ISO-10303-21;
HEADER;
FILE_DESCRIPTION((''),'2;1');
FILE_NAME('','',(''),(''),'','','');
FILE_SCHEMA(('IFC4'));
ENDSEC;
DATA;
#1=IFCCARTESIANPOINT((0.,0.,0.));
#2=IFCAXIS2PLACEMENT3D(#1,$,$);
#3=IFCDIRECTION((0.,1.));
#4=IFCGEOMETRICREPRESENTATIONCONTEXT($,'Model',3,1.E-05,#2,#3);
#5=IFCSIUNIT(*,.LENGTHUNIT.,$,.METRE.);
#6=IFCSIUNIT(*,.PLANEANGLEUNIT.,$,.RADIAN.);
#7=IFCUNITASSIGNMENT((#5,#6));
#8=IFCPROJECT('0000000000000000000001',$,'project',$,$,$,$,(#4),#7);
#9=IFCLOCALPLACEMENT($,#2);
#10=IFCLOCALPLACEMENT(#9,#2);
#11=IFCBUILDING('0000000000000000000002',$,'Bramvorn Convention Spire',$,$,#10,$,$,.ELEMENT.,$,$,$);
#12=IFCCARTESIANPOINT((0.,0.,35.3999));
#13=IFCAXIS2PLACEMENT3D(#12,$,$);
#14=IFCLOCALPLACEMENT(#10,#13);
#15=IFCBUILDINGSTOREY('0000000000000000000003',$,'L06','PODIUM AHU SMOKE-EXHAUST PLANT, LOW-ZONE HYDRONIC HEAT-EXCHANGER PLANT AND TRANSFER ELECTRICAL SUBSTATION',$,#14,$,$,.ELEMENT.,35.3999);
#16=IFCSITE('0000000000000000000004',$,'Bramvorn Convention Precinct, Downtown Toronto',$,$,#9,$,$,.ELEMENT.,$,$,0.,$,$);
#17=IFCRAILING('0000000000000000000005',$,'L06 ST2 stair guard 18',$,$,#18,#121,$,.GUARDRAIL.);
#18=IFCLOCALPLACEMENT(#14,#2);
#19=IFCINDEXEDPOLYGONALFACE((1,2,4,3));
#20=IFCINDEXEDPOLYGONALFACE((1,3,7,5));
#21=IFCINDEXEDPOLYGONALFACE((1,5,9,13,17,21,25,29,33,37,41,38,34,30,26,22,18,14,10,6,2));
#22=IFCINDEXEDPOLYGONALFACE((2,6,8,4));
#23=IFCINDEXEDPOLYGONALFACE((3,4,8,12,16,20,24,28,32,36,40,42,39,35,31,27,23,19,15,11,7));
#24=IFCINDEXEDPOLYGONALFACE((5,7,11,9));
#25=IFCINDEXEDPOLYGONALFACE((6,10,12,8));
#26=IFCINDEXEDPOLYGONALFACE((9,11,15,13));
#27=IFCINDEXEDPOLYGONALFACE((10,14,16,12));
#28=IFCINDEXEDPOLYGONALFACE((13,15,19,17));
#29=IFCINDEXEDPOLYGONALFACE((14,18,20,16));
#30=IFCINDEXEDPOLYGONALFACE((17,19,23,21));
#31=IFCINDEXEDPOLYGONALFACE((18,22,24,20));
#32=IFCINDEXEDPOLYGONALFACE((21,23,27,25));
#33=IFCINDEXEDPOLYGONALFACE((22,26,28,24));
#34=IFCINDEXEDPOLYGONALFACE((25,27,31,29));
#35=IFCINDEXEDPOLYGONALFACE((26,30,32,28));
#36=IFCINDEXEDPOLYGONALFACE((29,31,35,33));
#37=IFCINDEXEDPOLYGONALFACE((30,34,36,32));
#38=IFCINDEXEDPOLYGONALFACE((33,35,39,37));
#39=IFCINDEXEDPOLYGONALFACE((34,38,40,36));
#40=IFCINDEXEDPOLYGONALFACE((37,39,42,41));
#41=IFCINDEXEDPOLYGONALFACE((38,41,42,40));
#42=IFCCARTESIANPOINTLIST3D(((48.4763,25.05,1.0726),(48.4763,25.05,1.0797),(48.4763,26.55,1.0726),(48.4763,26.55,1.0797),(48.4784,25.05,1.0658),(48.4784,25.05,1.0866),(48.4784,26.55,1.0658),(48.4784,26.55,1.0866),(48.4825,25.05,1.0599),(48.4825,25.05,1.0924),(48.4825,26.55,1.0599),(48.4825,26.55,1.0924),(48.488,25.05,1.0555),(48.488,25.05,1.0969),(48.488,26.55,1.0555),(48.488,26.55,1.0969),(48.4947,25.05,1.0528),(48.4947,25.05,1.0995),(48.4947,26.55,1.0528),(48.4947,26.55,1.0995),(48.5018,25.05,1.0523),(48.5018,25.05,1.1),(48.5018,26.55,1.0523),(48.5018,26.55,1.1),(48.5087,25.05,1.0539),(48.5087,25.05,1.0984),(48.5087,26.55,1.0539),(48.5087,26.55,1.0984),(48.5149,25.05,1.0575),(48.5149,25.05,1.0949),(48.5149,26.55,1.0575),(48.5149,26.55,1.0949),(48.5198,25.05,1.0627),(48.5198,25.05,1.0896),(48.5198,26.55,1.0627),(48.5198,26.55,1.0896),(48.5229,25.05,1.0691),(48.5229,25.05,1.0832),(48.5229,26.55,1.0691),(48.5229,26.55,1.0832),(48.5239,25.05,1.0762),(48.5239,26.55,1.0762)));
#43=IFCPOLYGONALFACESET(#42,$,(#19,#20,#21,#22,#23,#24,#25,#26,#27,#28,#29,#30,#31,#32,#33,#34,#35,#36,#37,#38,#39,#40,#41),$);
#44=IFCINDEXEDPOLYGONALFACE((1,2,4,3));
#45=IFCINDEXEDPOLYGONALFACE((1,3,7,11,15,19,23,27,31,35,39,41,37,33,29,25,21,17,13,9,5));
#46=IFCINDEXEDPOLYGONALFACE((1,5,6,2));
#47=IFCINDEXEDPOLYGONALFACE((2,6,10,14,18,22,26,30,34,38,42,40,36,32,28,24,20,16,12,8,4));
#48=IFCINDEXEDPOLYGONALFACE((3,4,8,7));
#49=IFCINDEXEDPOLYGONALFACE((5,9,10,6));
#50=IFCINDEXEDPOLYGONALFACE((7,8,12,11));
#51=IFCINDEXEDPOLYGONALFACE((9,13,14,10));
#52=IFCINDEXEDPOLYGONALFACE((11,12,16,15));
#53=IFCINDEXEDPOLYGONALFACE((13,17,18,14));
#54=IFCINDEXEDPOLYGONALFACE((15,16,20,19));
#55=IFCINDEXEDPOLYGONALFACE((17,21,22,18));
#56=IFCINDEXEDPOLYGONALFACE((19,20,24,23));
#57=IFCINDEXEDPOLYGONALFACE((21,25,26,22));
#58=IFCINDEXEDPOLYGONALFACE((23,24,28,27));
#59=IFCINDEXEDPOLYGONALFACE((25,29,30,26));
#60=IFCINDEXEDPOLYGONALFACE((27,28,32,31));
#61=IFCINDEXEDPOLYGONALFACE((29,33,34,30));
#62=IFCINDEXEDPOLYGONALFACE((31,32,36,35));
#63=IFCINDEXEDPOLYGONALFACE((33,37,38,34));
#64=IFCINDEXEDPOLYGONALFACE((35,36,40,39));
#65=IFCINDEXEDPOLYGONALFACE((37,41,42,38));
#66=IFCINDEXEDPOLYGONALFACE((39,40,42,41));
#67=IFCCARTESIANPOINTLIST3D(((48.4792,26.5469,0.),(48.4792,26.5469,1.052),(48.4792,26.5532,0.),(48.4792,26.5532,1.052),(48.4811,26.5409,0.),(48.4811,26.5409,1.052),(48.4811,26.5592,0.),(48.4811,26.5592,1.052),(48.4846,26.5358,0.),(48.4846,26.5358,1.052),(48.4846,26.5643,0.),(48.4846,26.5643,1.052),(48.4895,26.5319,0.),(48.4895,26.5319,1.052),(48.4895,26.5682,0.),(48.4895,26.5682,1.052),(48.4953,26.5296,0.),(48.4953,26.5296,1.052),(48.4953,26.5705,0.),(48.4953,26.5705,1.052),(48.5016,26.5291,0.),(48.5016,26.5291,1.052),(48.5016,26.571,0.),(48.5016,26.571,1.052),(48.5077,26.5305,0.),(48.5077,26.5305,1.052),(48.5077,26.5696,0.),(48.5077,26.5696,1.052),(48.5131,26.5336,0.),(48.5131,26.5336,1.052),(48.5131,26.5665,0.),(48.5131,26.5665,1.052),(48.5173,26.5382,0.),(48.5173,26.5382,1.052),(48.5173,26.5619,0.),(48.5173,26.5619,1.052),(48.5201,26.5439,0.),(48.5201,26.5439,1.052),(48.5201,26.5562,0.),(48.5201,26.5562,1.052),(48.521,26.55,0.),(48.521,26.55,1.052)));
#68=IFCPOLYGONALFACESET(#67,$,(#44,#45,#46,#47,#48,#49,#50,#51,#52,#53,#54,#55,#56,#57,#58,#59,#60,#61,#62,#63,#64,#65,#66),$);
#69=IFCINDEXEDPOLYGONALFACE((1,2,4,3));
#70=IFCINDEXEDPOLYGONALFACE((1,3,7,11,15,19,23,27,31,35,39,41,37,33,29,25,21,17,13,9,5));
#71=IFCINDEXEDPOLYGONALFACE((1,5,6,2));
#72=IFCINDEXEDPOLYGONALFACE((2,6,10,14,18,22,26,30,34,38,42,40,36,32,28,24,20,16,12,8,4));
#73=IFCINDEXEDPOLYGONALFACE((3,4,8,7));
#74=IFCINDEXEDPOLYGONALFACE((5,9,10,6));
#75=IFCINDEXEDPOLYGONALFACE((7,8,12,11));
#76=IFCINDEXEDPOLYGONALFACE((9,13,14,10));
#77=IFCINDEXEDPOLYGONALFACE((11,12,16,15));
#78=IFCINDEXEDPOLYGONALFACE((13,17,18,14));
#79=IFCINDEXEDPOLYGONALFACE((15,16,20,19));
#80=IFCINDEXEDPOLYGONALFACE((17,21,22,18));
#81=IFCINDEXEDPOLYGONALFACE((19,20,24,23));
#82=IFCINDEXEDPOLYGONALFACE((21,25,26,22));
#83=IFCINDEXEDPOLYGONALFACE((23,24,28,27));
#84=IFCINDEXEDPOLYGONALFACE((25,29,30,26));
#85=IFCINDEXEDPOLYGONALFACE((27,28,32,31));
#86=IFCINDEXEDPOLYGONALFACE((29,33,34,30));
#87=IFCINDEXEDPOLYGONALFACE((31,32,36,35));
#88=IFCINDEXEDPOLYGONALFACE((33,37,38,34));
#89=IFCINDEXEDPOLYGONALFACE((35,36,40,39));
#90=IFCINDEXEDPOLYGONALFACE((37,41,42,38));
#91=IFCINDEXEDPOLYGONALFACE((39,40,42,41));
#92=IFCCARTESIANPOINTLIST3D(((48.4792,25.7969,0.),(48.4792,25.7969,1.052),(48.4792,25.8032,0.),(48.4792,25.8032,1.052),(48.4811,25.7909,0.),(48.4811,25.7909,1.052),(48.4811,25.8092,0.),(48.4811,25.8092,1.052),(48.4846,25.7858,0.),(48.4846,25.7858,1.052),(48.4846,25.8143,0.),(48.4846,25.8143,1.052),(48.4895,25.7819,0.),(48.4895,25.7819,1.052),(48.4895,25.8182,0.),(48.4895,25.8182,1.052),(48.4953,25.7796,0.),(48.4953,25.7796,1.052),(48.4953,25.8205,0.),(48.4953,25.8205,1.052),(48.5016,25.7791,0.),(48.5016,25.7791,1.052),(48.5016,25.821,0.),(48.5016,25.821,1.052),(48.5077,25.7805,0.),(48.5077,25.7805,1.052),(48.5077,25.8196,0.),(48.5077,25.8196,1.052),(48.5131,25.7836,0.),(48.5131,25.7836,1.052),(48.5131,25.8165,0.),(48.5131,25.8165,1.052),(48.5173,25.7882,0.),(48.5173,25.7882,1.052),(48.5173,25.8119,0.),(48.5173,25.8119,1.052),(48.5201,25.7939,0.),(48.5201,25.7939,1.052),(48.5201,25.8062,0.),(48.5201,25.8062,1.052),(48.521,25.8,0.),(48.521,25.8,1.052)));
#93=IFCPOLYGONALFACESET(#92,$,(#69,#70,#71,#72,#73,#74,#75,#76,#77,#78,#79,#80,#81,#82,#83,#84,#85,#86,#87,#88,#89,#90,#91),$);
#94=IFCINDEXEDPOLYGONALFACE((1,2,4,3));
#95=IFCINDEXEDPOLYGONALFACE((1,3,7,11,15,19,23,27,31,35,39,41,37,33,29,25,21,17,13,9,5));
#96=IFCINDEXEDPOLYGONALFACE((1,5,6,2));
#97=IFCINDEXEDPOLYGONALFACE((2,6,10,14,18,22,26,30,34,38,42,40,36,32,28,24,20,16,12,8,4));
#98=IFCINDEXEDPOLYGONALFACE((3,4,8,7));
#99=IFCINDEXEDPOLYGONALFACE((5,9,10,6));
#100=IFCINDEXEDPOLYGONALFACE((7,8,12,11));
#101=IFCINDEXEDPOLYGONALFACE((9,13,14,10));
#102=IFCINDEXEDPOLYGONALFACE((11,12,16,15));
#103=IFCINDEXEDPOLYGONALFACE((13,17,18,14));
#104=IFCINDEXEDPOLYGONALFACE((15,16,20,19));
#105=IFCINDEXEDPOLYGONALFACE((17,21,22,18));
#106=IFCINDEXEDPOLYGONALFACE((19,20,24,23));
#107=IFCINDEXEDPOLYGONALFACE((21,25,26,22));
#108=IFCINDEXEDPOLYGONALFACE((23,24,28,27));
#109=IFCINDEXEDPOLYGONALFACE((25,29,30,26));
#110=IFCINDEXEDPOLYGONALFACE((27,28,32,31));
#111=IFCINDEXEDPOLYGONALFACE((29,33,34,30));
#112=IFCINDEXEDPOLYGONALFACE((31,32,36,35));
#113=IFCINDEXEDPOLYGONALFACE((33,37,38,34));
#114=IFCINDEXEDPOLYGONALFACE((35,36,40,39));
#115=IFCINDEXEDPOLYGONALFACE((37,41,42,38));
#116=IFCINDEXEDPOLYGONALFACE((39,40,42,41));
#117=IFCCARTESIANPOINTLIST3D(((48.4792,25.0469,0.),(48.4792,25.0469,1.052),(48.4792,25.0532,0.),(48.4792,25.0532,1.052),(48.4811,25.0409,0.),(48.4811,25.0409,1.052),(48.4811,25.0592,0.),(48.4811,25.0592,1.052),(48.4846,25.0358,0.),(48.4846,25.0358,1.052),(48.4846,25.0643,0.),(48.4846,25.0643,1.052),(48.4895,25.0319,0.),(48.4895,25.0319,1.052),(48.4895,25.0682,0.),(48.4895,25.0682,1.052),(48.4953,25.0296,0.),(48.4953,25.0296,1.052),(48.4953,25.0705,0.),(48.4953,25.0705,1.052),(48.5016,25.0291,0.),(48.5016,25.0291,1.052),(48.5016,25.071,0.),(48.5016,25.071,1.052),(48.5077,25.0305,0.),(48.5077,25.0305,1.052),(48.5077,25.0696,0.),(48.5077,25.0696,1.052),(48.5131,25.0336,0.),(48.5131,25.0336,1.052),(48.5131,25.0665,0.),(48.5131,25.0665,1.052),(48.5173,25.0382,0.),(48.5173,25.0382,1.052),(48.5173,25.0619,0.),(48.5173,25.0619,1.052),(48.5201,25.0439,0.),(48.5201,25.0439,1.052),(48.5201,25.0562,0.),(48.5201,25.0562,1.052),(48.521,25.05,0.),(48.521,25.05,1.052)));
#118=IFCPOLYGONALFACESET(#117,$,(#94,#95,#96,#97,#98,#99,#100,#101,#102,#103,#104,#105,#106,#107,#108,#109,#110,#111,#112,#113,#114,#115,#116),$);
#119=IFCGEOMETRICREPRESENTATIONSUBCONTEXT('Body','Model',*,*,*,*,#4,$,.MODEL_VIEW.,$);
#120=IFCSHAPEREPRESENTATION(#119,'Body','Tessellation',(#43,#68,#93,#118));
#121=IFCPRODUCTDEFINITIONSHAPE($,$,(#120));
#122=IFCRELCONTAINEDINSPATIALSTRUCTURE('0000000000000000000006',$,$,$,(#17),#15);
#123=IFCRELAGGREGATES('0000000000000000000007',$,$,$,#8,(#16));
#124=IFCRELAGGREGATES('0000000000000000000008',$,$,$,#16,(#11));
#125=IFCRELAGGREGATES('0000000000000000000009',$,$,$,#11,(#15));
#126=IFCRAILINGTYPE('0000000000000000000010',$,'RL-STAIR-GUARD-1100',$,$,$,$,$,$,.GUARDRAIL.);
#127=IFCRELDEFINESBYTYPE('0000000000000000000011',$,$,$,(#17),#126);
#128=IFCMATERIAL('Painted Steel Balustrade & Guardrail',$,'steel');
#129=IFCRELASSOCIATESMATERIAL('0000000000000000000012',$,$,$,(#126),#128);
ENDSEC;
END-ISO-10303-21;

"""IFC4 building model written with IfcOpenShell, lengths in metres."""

from ifc_helpers import new_model, si_unit, direction, frame, origin, origin_2d, place, context, subcontext, project, spatial, circle, extrude, material, type_object, element, save


model = new_model("IFC4")

# Units and contexts
model_context = context("Model", 3, precision=1e-05, world=origin(), true_north=direction((0.0, 1.0)))
body_context = subcontext(model_context, "Body", "Model", "MODEL_VIEW")
ifc_project = project(units=[si_unit("LENGTHUNIT", "METRE"), si_unit("PLANEANGLEUNIT", "RADIAN")], contexts=[model_context])

# Site, building, storey
site_placement = place(None, origin())
site = spatial("IfcSite", under=ifc_project, at=site_placement, Name="Bramvorn Convention Precinct, Downtown Toronto", CompositionType="ELEMENT", RefElevation=0.0)
building_placement = place(site_placement, origin())
building = spatial("IfcBuilding", under=site, at=building_placement, Name="Bramvorn Convention Spire", CompositionType="ELEMENT")
storey_placement = place(building_placement, frame((0.0, 0.0, 35.3999)))
storey = spatial("IfcBuildingStorey", under=building, at=storey_placement, Name="L06", Description="PODIUM AHU SMOKE-EXHAUST PLANT, LOW-ZONE HYDRONIC HEAT-EXCHANGER PLANT AND TRANSFER ELECTRICAL SUBSTATION", CompositionType="ELEMENT", Elevation=35.3999)

# Railing
ifc_material_1 = material(Name="Painted Steel Balustrade & Guardrail", Category="steel")
railing_type_1 = type_object("IfcRailingType", Name="RL-STAIR-GUARD-1100", PredefinedType="GUARDRAIL", material=ifc_material_1)
for number, where, name in (
    (1, (48.5, 26.55, 0.0), "L06 ST2 stair guard 18"),
):
    element("IfcRailing", number, at=place(storey_placement, frame(where)), inside=storey, type_object=railing_type_1, Name=name, PredefinedType="GUARDRAIL", context=body_context, shape_type="SweptSolid", body=[
        extrude(circle(Radius=0.0239, at=origin_2d()), frame((0.0, 0.0, 1.0762), z_axis=(0.0, -1.0, 0.0), x_axis=(1.0, 0.0, 0.0)), (0.0, 0.0, 1.0), 1.5),
        extrude(circle(Radius=0.021, at=origin_2d()), origin(), (0.0, 0.0, 1.0), 1.052),
        extrude(circle(Radius=0.021, at=origin_2d()), frame((0.0, -0.75, 0.0)), (0.0, 0.0, 1.0), 1.052),
        extrude(circle(Radius=0.021, at=origin_2d()), frame((0.0, -1.5, 0.0)), (0.0, 0.0, 1.0), 1.052),
    ])

save(model, "model.ifc")
